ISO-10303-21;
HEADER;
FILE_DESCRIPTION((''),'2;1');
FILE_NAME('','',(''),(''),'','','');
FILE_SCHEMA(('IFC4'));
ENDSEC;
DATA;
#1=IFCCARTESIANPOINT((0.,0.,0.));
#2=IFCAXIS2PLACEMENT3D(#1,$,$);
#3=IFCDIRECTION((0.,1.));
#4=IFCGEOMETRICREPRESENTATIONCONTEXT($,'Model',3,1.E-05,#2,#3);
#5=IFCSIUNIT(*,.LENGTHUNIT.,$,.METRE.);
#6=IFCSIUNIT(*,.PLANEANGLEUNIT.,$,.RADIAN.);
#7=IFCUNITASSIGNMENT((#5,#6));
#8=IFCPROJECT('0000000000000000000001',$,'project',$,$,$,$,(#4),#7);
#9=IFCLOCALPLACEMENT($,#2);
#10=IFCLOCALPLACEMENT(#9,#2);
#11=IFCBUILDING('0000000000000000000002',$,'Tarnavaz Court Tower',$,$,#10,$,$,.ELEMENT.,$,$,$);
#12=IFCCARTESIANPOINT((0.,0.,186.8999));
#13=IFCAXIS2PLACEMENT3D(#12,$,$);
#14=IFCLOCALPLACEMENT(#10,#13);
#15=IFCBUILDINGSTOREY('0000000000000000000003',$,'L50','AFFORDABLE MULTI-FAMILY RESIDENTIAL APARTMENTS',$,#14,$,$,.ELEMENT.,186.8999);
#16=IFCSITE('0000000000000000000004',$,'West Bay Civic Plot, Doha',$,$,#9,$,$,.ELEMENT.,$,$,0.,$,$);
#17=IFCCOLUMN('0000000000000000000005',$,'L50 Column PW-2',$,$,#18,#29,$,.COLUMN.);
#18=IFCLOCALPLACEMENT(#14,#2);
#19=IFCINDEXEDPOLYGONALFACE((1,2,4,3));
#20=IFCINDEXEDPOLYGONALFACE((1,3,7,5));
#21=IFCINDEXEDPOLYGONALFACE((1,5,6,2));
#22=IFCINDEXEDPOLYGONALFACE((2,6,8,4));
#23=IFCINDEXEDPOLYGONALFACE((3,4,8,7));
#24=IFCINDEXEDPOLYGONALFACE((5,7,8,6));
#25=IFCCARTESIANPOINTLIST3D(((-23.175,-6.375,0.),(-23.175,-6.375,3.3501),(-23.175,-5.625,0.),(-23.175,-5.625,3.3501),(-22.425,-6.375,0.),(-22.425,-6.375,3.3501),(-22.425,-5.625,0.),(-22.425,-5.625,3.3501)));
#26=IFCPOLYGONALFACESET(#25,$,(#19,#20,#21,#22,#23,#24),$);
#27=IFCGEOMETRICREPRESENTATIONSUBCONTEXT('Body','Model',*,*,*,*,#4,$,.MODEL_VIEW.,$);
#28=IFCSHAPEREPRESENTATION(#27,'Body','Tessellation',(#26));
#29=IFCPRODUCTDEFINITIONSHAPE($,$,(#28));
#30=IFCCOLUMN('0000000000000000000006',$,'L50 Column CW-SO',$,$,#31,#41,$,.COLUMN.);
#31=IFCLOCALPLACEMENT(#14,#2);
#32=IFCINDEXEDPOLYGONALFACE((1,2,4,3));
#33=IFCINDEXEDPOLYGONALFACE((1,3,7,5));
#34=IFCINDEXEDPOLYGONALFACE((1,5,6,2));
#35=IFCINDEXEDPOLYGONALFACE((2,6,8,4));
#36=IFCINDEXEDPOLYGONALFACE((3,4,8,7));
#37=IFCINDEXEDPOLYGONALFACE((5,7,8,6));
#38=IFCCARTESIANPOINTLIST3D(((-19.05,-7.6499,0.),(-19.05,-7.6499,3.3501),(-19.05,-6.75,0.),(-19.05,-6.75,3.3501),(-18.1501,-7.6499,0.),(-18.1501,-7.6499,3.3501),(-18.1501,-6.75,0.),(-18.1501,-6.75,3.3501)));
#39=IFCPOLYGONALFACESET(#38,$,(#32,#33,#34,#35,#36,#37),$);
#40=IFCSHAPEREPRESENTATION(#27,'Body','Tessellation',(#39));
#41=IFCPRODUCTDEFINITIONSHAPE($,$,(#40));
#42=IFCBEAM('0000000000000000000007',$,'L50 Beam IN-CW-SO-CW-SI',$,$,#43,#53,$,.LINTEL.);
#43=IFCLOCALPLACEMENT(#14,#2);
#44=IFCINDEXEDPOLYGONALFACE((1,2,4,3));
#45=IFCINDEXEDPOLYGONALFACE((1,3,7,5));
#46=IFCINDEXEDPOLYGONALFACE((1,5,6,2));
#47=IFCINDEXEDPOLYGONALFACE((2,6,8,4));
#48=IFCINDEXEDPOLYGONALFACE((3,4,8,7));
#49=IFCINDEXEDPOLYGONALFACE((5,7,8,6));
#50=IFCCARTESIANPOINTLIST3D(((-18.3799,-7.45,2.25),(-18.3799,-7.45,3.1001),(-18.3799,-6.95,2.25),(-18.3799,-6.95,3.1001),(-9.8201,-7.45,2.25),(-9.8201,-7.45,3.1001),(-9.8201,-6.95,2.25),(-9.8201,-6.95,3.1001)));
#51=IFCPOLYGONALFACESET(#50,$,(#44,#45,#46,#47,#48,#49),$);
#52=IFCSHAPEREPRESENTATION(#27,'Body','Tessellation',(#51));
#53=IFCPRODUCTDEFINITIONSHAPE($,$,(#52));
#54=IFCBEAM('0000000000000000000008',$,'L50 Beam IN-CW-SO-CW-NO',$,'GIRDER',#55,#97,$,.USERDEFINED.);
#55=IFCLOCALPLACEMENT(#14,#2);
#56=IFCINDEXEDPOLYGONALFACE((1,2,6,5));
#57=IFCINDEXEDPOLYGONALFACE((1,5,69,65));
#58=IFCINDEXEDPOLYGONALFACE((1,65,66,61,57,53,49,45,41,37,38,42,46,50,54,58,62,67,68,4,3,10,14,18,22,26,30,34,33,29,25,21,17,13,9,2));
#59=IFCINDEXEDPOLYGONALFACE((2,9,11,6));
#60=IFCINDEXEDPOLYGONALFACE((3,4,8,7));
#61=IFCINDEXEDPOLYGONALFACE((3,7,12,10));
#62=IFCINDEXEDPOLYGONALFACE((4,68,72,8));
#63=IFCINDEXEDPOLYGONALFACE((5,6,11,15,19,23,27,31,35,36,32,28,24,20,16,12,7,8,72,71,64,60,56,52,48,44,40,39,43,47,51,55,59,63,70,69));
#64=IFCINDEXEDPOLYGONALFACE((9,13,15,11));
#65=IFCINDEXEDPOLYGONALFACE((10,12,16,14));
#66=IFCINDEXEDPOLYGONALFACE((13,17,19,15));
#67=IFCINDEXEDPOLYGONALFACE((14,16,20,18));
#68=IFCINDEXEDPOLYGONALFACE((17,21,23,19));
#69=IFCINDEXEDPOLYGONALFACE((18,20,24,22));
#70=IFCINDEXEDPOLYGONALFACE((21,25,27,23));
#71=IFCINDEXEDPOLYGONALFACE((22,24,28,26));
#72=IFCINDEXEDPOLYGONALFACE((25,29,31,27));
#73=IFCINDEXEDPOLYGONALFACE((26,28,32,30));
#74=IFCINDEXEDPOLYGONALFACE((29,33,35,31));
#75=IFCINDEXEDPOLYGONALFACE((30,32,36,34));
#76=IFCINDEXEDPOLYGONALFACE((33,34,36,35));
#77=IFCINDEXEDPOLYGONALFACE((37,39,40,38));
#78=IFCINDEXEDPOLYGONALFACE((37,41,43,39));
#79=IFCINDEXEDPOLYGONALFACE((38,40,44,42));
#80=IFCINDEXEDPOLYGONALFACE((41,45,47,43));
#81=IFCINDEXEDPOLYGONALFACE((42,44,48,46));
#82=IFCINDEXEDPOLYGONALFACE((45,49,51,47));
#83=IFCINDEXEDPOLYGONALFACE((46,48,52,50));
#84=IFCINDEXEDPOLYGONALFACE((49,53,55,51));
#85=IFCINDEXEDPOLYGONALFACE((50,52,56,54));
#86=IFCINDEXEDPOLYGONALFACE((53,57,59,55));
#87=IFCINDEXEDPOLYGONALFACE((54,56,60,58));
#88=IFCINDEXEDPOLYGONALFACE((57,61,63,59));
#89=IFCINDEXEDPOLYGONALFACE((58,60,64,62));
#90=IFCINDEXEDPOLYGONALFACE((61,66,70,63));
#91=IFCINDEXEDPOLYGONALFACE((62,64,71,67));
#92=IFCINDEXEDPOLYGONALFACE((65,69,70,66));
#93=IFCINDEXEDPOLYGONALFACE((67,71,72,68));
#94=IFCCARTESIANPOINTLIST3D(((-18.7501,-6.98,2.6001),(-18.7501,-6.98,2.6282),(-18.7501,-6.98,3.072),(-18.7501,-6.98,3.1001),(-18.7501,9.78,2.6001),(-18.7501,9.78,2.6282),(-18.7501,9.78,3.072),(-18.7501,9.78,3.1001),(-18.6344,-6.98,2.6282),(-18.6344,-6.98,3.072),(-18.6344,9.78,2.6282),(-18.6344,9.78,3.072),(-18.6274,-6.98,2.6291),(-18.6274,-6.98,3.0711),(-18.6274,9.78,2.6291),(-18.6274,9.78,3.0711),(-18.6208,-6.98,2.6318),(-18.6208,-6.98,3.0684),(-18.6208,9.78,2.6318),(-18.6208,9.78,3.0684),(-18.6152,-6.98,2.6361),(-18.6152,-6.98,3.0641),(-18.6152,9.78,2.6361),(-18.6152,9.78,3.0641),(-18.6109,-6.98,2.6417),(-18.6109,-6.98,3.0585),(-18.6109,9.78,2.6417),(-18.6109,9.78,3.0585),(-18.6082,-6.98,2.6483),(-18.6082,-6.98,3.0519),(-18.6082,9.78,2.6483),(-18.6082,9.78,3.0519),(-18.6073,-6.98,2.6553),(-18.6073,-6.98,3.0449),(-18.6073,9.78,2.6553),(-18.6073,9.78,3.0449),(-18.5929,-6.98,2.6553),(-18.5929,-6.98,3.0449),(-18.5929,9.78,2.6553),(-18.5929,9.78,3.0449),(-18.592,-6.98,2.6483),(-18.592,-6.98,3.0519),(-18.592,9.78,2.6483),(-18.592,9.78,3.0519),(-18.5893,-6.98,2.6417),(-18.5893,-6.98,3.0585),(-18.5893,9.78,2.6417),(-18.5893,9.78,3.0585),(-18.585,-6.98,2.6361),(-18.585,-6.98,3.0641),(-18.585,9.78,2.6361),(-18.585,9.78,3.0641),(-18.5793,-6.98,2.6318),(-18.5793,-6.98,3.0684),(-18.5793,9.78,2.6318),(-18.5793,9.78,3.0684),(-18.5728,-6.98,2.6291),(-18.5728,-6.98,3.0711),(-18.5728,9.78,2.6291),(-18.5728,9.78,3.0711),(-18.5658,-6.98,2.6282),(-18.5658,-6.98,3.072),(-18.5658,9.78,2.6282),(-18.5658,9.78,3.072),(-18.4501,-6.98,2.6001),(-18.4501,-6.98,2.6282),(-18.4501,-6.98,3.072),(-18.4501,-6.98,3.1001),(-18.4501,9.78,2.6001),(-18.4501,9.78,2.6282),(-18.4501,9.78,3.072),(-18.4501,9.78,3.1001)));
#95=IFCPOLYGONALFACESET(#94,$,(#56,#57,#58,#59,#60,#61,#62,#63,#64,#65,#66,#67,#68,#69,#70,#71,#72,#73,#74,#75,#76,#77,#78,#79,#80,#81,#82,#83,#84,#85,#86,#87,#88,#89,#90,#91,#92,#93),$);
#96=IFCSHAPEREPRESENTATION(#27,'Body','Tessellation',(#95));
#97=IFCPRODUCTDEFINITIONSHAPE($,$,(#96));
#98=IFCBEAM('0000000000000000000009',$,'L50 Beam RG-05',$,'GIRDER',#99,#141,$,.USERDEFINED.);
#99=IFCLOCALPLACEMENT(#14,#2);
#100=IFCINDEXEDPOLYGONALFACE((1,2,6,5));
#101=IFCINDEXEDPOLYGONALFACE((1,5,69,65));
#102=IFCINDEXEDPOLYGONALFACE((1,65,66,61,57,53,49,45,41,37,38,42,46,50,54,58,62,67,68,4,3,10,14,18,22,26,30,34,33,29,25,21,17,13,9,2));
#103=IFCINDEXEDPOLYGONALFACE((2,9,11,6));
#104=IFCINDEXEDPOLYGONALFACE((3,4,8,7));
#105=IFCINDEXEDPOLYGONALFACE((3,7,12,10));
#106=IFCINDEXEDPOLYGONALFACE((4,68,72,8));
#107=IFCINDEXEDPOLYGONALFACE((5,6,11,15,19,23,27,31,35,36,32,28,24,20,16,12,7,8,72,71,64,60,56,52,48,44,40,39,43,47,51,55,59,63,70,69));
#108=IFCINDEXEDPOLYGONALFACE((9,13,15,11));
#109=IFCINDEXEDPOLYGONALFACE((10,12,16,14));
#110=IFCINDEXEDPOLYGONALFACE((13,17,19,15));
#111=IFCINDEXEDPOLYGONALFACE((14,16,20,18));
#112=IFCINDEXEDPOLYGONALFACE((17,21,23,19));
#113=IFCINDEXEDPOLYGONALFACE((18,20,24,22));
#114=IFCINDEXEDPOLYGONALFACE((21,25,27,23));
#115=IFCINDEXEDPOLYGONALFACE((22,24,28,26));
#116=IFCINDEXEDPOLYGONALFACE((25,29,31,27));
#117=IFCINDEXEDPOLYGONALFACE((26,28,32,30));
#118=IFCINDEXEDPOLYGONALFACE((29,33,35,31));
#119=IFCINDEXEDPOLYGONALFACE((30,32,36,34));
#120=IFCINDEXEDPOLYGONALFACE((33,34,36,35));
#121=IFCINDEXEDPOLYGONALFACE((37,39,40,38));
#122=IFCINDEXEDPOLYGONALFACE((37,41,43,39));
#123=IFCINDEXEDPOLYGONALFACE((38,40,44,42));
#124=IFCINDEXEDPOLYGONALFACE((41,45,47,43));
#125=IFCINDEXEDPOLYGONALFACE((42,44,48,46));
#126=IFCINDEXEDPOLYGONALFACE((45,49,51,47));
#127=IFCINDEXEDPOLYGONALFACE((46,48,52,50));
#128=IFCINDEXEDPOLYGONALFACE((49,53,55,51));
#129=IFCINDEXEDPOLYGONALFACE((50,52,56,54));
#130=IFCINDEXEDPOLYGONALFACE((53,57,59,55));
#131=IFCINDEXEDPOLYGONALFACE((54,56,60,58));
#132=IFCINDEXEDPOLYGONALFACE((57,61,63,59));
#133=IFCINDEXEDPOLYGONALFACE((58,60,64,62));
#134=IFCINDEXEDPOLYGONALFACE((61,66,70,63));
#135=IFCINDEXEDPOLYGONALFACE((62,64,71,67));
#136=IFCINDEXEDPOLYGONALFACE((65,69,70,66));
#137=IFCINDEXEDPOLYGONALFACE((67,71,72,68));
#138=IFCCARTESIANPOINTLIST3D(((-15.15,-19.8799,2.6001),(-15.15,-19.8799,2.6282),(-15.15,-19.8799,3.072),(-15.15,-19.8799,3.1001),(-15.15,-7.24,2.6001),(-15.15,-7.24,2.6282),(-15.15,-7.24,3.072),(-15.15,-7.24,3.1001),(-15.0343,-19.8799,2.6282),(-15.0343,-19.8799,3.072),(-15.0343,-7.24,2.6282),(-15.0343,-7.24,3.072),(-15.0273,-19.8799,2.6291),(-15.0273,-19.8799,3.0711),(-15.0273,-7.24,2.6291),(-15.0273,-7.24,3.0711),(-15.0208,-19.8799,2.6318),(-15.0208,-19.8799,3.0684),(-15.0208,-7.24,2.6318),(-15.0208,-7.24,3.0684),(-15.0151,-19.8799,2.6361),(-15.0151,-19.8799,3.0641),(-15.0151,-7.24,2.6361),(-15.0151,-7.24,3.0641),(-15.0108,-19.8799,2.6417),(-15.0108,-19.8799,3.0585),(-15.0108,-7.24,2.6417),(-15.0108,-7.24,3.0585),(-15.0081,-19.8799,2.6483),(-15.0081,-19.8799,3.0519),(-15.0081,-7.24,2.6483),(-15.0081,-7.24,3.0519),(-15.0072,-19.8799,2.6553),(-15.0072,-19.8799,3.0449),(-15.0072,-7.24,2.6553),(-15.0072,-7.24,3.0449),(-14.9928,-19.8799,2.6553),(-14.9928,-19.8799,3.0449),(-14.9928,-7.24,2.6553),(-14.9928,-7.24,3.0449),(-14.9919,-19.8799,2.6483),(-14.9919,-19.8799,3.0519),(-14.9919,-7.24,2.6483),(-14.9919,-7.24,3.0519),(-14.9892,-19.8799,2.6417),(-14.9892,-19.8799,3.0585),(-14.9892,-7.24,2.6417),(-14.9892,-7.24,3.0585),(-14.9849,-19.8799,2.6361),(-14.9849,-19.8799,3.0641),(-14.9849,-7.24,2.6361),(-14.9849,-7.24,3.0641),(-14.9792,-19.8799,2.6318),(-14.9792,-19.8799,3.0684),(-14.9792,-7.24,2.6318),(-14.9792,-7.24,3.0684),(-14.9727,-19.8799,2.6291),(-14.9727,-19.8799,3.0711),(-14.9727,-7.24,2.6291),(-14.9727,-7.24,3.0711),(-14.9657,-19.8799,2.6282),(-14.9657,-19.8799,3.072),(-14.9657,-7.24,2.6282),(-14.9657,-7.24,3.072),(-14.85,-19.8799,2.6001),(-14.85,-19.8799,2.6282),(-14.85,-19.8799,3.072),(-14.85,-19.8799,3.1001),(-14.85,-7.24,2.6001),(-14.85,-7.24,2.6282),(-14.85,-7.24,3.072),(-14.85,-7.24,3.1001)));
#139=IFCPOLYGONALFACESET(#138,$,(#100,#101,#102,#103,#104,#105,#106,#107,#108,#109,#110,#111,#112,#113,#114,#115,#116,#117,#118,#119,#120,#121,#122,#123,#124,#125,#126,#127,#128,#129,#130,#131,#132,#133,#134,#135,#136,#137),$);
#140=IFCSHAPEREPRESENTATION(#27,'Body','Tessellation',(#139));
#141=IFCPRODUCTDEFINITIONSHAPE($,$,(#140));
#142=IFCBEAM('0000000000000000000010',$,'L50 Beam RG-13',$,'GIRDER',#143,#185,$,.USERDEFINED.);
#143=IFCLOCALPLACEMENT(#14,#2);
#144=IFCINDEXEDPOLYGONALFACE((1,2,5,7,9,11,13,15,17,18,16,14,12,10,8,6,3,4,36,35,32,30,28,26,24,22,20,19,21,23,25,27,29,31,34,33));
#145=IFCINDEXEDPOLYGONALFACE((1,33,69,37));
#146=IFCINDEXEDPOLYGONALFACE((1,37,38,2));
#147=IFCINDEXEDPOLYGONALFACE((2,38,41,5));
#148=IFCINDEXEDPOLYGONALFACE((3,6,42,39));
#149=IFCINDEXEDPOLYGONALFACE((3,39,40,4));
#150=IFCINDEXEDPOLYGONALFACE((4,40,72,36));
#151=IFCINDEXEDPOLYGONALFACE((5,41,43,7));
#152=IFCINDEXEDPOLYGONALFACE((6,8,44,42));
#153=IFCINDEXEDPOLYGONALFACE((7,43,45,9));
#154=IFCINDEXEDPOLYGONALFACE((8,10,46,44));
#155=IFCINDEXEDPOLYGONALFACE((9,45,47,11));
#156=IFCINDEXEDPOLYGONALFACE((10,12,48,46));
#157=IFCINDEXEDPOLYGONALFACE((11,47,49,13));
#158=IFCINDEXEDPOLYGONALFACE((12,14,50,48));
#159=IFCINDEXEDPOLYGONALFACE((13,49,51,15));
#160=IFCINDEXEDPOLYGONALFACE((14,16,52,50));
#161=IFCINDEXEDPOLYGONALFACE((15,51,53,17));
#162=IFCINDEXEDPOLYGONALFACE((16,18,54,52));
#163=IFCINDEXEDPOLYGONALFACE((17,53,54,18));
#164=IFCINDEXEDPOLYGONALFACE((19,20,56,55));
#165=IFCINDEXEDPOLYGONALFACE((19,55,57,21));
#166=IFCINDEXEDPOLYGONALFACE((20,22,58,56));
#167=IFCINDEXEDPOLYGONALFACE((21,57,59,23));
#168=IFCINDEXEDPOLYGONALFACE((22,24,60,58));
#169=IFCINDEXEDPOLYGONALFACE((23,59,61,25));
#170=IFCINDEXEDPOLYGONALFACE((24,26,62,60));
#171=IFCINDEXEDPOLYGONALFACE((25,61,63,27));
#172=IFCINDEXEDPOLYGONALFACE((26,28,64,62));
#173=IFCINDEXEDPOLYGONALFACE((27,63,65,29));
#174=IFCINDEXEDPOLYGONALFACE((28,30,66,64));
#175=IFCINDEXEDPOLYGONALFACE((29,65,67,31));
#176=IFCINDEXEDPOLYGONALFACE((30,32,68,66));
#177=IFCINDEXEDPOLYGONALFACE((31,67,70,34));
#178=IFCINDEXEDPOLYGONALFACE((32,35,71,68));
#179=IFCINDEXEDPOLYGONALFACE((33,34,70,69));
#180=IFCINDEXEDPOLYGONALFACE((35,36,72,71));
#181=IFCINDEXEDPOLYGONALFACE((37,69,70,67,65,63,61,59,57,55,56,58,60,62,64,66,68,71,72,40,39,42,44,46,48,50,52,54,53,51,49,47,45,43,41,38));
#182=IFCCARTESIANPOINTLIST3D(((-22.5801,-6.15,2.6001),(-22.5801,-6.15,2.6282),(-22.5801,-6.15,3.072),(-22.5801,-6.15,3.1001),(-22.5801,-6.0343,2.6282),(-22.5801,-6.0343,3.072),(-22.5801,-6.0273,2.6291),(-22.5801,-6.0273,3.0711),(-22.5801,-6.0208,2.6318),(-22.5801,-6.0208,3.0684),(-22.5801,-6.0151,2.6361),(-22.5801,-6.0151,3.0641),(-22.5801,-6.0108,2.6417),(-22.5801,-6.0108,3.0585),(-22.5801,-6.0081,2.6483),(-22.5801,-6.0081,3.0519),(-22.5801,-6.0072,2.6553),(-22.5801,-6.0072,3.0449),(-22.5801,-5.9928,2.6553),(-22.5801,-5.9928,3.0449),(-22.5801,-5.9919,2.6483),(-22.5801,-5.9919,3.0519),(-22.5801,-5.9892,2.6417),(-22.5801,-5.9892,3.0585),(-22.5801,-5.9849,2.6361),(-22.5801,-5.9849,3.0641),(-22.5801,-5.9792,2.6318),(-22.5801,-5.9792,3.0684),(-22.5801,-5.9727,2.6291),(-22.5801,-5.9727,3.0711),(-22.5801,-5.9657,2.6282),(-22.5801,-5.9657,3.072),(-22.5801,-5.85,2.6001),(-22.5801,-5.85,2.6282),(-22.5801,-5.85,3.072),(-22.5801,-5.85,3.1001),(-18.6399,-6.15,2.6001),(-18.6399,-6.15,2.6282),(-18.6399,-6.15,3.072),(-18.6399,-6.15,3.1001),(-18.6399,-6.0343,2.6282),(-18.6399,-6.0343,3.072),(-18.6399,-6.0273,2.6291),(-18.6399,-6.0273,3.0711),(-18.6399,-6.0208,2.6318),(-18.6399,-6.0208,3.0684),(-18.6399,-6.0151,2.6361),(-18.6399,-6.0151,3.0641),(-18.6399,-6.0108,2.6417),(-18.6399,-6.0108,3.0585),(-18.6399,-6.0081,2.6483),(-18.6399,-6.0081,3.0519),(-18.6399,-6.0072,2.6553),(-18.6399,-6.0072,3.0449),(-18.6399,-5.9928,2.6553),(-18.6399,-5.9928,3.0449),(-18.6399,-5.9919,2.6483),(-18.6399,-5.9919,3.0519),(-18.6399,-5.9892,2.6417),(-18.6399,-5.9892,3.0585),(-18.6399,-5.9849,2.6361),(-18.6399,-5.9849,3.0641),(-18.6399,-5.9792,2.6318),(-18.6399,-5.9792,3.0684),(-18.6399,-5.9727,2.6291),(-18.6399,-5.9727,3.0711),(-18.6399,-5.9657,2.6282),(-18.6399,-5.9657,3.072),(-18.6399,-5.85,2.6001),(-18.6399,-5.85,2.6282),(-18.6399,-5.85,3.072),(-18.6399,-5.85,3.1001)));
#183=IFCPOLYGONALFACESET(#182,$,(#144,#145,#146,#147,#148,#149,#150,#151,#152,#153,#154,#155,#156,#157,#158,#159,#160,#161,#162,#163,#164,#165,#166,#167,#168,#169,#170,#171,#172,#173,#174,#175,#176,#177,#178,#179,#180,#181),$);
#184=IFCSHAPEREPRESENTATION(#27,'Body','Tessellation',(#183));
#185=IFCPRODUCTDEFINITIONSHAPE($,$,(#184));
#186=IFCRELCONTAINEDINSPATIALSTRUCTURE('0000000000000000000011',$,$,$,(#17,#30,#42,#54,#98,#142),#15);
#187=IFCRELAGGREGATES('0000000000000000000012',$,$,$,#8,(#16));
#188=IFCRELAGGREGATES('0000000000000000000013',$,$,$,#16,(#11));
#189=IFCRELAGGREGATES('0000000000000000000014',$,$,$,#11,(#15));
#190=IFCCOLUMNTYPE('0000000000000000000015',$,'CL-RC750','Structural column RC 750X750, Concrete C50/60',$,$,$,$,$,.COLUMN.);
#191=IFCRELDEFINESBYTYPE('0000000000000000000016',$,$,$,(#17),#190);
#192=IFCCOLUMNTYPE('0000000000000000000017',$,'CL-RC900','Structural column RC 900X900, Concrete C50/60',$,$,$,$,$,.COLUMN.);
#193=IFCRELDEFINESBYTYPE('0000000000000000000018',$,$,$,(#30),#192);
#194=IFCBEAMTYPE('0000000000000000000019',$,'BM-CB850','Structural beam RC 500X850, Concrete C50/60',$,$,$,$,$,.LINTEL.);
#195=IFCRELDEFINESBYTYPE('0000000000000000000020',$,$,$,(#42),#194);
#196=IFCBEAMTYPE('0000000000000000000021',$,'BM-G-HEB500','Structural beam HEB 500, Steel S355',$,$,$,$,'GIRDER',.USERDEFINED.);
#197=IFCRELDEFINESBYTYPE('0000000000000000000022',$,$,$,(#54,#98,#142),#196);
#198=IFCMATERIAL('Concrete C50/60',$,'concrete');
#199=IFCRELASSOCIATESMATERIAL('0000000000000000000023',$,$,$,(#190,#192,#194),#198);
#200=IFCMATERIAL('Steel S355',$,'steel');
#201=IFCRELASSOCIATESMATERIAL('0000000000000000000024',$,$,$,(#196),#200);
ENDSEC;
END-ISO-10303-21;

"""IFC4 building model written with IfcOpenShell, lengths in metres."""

from ifc_helpers import new_model, si_unit, direction, frame, origin, origin_2d, place, context, subcontext, project, spatial, rectangle, i_section, extrude, material, material_profile, profile_set, type_object, element, save


model = new_model("IFC4")

# Units and contexts
model_context = context("Model", 3, precision=1e-05, world=origin(), true_north=direction((0.0, 1.0)))
body_context = subcontext(model_context, "Body", "Model", "MODEL_VIEW")
ifc_project = project(units=[si_unit("LENGTHUNIT", "METRE"), si_unit("PLANEANGLEUNIT", "RADIAN")], contexts=[model_context])

# Site, building, storey
site_placement = place(None, origin())
site = spatial("IfcSite", under=ifc_project, at=site_placement, Name="West Bay Civic Plot, Doha", CompositionType="ELEMENT", RefElevation=0.0)
building_placement = place(site_placement, origin())
building = spatial("IfcBuilding", under=site, at=building_placement, Name="Tarnavaz Court Tower", CompositionType="ELEMENT")
storey_placement = place(building_placement, frame((0.0, 0.0, 186.8999)))
storey = spatial("IfcBuildingStorey", under=building, at=storey_placement, Name="L50", Description="AFFORDABLE MULTI-FAMILY RESIDENTIAL APARTMENTS", CompositionType="ELEMENT", Elevation=186.8999)

# Columns
ifc_material_1 = material(Name="Concrete C50/60", Category="concrete")
ifc_material_profile_1 = material_profile(ifc_material_1, rectangle(XDim=0.75, YDim=0.75, at=origin_2d()), Name="RC 750X750")
ifc_profile_set_1 = profile_set([ifc_material_profile_1], Name="Concrete C50/60")
column_type_1 = type_object("IfcColumnType", Name="CL-RC750", Description="Structural column RC 750X750, Concrete C50/60", PredefinedType="COLUMN", material=ifc_profile_set_1)
column_1_placement = place(storey_placement, frame((-22.8, -6.0, 0.0), z_axis=(0.0, 0.0, 1.0), x_axis=(1.0, 0.0, 0.0)))
element("IfcColumn", 1, at=column_1_placement, inside=storey, type_object=column_type_1, Name="L50 Column PW-2", PredefinedType="COLUMN", context=body_context, shape_type="SweptSolid", body=[
    extrude(rectangle(XDim=0.75, YDim=0.75, at=origin_2d()), origin(), (0.0, 0.0, 1.0), 3.3501),
])
ifc_material_profile_2 = material_profile(ifc_material_1, rectangle(XDim=0.8999, YDim=0.8999, at=origin_2d()), Name="RC 900X900")
ifc_profile_set_2 = profile_set([ifc_material_profile_2], Name="Concrete C50/60")
column_type_2 = type_object("IfcColumnType", Name="CL-RC900", Description="Structural column RC 900X900, Concrete C50/60", PredefinedType="COLUMN", material=ifc_profile_set_2)
column_2_placement = place(storey_placement, frame((-18.6001, -7.2, 0.0), z_axis=(0.0, 0.0, 1.0), x_axis=(1.0, 0.0, 0.0)))
element("IfcColumn", 2, at=column_2_placement, inside=storey, type_object=column_type_2, Name="L50 Column CW-SO", PredefinedType="COLUMN", context=body_context, shape_type="SweptSolid", body=[
    extrude(rectangle(XDim=0.8999, YDim=0.8999, at=origin_2d()), origin(), (0.0, 0.0, 1.0), 3.3501),
])

# Beams
ifc_material_profile_3 = material_profile(ifc_material_1, rectangle(XDim=0.5, YDim=0.8501, at=origin_2d()), Name="RC 500X850")
ifc_profile_set_3 = profile_set([ifc_material_profile_3], Name="Concrete C50/60")
beam_type_1 = type_object("IfcBeamType", Name="BM-CB850", Description="Structural beam RC 500X850, Concrete C50/60", PredefinedType="LINTEL", material=ifc_profile_set_3)
beam_1_placement = place(storey_placement, frame((-18.3799, -7.2, 2.675), z_axis=(1.0, 0.0, 0.0), x_axis=(0.0, 1.0, 0.0)))
element("IfcBeam", 3, at=beam_1_placement, inside=storey, type_object=beam_type_1, Name="L50 Beam IN-CW-SO-CW-SI", PredefinedType="LINTEL", context=body_context, shape_type="SweptSolid", body=[
    extrude(rectangle(XDim=0.5, YDim=0.8501, at=origin_2d()), origin(), (0.0, 0.0, 1.0), 8.5598),
])
ifc_material_2 = material(Name="Steel S355", Category="steel")
ifc_material_profile_4 = material_profile(ifc_material_2, i_section(OverallWidth=0.3, OverallDepth=0.5, WebThickness=0.0144, FlangeThickness=0.0281, FilletRadius=0.0271, at=origin_2d()), Name="HEB 500")
ifc_profile_set_4 = profile_set([ifc_material_profile_4], Name="Steel S355")
beam_type_2 = type_object("IfcBeamType", Name="BM-G-HEB500", Description="Structural beam HEB 500, Steel S355", ElementType="GIRDER", PredefinedType="USERDEFINED", material=ifc_profile_set_4)
beam_2_placement = place(storey_placement, frame((-18.6001, -6.98, 2.8501), z_axis=(0.0, 1.0, 0.0), x_axis=(-1.0, 0.0, 0.0)))
element("IfcBeam", 4, at=beam_2_placement, inside=storey, type_object=beam_type_2, Name="L50 Beam IN-CW-SO-CW-NO", ObjectType="GIRDER", PredefinedType="USERDEFINED", context=body_context, shape_type="SweptSolid", body=[
    extrude(i_section(OverallWidth=0.3, OverallDepth=0.5, WebThickness=0.0144, FlangeThickness=0.0281, FilletRadius=0.0271, at=origin_2d()), origin(), (0.0, 0.0, 1.0), 16.76),
])
beam_3_placement = place(storey_placement, frame((-15.0, -7.24, 2.8501), z_axis=(0.0, -1.0, 0.0), x_axis=(1.0, 0.0, 0.0)))
element("IfcBeam", 5, at=beam_3_placement, inside=storey, type_object=beam_type_2, Name="L50 Beam RG-05", ObjectType="GIRDER", PredefinedType="USERDEFINED", context=body_context, shape_type="SweptSolid", body=[
    extrude(i_section(OverallWidth=0.3, OverallDepth=0.5, WebThickness=0.0144, FlangeThickness=0.0281, FilletRadius=0.0271, at=origin_2d()), origin(), (0.0, 0.0, 1.0), 12.6399),
])
beam_4_placement = place(storey_placement, frame((-18.6399, -6.0, 2.8501), z_axis=(-1.0, 0.0, 0.0), x_axis=(0.0, -1.0, 0.0)))
element("IfcBeam", 6, at=beam_4_placement, inside=storey, type_object=beam_type_2, Name="L50 Beam RG-13", ObjectType="GIRDER", PredefinedType="USERDEFINED", context=body_context, shape_type="SweptSolid", body=[
    extrude(i_section(OverallWidth=0.3, OverallDepth=0.5, WebThickness=0.0144, FlangeThickness=0.0281, FilletRadius=0.0271, at=origin_2d()), origin(), (0.0, 0.0, 1.0), 3.9402),
])

save(model, "model.ifc")
